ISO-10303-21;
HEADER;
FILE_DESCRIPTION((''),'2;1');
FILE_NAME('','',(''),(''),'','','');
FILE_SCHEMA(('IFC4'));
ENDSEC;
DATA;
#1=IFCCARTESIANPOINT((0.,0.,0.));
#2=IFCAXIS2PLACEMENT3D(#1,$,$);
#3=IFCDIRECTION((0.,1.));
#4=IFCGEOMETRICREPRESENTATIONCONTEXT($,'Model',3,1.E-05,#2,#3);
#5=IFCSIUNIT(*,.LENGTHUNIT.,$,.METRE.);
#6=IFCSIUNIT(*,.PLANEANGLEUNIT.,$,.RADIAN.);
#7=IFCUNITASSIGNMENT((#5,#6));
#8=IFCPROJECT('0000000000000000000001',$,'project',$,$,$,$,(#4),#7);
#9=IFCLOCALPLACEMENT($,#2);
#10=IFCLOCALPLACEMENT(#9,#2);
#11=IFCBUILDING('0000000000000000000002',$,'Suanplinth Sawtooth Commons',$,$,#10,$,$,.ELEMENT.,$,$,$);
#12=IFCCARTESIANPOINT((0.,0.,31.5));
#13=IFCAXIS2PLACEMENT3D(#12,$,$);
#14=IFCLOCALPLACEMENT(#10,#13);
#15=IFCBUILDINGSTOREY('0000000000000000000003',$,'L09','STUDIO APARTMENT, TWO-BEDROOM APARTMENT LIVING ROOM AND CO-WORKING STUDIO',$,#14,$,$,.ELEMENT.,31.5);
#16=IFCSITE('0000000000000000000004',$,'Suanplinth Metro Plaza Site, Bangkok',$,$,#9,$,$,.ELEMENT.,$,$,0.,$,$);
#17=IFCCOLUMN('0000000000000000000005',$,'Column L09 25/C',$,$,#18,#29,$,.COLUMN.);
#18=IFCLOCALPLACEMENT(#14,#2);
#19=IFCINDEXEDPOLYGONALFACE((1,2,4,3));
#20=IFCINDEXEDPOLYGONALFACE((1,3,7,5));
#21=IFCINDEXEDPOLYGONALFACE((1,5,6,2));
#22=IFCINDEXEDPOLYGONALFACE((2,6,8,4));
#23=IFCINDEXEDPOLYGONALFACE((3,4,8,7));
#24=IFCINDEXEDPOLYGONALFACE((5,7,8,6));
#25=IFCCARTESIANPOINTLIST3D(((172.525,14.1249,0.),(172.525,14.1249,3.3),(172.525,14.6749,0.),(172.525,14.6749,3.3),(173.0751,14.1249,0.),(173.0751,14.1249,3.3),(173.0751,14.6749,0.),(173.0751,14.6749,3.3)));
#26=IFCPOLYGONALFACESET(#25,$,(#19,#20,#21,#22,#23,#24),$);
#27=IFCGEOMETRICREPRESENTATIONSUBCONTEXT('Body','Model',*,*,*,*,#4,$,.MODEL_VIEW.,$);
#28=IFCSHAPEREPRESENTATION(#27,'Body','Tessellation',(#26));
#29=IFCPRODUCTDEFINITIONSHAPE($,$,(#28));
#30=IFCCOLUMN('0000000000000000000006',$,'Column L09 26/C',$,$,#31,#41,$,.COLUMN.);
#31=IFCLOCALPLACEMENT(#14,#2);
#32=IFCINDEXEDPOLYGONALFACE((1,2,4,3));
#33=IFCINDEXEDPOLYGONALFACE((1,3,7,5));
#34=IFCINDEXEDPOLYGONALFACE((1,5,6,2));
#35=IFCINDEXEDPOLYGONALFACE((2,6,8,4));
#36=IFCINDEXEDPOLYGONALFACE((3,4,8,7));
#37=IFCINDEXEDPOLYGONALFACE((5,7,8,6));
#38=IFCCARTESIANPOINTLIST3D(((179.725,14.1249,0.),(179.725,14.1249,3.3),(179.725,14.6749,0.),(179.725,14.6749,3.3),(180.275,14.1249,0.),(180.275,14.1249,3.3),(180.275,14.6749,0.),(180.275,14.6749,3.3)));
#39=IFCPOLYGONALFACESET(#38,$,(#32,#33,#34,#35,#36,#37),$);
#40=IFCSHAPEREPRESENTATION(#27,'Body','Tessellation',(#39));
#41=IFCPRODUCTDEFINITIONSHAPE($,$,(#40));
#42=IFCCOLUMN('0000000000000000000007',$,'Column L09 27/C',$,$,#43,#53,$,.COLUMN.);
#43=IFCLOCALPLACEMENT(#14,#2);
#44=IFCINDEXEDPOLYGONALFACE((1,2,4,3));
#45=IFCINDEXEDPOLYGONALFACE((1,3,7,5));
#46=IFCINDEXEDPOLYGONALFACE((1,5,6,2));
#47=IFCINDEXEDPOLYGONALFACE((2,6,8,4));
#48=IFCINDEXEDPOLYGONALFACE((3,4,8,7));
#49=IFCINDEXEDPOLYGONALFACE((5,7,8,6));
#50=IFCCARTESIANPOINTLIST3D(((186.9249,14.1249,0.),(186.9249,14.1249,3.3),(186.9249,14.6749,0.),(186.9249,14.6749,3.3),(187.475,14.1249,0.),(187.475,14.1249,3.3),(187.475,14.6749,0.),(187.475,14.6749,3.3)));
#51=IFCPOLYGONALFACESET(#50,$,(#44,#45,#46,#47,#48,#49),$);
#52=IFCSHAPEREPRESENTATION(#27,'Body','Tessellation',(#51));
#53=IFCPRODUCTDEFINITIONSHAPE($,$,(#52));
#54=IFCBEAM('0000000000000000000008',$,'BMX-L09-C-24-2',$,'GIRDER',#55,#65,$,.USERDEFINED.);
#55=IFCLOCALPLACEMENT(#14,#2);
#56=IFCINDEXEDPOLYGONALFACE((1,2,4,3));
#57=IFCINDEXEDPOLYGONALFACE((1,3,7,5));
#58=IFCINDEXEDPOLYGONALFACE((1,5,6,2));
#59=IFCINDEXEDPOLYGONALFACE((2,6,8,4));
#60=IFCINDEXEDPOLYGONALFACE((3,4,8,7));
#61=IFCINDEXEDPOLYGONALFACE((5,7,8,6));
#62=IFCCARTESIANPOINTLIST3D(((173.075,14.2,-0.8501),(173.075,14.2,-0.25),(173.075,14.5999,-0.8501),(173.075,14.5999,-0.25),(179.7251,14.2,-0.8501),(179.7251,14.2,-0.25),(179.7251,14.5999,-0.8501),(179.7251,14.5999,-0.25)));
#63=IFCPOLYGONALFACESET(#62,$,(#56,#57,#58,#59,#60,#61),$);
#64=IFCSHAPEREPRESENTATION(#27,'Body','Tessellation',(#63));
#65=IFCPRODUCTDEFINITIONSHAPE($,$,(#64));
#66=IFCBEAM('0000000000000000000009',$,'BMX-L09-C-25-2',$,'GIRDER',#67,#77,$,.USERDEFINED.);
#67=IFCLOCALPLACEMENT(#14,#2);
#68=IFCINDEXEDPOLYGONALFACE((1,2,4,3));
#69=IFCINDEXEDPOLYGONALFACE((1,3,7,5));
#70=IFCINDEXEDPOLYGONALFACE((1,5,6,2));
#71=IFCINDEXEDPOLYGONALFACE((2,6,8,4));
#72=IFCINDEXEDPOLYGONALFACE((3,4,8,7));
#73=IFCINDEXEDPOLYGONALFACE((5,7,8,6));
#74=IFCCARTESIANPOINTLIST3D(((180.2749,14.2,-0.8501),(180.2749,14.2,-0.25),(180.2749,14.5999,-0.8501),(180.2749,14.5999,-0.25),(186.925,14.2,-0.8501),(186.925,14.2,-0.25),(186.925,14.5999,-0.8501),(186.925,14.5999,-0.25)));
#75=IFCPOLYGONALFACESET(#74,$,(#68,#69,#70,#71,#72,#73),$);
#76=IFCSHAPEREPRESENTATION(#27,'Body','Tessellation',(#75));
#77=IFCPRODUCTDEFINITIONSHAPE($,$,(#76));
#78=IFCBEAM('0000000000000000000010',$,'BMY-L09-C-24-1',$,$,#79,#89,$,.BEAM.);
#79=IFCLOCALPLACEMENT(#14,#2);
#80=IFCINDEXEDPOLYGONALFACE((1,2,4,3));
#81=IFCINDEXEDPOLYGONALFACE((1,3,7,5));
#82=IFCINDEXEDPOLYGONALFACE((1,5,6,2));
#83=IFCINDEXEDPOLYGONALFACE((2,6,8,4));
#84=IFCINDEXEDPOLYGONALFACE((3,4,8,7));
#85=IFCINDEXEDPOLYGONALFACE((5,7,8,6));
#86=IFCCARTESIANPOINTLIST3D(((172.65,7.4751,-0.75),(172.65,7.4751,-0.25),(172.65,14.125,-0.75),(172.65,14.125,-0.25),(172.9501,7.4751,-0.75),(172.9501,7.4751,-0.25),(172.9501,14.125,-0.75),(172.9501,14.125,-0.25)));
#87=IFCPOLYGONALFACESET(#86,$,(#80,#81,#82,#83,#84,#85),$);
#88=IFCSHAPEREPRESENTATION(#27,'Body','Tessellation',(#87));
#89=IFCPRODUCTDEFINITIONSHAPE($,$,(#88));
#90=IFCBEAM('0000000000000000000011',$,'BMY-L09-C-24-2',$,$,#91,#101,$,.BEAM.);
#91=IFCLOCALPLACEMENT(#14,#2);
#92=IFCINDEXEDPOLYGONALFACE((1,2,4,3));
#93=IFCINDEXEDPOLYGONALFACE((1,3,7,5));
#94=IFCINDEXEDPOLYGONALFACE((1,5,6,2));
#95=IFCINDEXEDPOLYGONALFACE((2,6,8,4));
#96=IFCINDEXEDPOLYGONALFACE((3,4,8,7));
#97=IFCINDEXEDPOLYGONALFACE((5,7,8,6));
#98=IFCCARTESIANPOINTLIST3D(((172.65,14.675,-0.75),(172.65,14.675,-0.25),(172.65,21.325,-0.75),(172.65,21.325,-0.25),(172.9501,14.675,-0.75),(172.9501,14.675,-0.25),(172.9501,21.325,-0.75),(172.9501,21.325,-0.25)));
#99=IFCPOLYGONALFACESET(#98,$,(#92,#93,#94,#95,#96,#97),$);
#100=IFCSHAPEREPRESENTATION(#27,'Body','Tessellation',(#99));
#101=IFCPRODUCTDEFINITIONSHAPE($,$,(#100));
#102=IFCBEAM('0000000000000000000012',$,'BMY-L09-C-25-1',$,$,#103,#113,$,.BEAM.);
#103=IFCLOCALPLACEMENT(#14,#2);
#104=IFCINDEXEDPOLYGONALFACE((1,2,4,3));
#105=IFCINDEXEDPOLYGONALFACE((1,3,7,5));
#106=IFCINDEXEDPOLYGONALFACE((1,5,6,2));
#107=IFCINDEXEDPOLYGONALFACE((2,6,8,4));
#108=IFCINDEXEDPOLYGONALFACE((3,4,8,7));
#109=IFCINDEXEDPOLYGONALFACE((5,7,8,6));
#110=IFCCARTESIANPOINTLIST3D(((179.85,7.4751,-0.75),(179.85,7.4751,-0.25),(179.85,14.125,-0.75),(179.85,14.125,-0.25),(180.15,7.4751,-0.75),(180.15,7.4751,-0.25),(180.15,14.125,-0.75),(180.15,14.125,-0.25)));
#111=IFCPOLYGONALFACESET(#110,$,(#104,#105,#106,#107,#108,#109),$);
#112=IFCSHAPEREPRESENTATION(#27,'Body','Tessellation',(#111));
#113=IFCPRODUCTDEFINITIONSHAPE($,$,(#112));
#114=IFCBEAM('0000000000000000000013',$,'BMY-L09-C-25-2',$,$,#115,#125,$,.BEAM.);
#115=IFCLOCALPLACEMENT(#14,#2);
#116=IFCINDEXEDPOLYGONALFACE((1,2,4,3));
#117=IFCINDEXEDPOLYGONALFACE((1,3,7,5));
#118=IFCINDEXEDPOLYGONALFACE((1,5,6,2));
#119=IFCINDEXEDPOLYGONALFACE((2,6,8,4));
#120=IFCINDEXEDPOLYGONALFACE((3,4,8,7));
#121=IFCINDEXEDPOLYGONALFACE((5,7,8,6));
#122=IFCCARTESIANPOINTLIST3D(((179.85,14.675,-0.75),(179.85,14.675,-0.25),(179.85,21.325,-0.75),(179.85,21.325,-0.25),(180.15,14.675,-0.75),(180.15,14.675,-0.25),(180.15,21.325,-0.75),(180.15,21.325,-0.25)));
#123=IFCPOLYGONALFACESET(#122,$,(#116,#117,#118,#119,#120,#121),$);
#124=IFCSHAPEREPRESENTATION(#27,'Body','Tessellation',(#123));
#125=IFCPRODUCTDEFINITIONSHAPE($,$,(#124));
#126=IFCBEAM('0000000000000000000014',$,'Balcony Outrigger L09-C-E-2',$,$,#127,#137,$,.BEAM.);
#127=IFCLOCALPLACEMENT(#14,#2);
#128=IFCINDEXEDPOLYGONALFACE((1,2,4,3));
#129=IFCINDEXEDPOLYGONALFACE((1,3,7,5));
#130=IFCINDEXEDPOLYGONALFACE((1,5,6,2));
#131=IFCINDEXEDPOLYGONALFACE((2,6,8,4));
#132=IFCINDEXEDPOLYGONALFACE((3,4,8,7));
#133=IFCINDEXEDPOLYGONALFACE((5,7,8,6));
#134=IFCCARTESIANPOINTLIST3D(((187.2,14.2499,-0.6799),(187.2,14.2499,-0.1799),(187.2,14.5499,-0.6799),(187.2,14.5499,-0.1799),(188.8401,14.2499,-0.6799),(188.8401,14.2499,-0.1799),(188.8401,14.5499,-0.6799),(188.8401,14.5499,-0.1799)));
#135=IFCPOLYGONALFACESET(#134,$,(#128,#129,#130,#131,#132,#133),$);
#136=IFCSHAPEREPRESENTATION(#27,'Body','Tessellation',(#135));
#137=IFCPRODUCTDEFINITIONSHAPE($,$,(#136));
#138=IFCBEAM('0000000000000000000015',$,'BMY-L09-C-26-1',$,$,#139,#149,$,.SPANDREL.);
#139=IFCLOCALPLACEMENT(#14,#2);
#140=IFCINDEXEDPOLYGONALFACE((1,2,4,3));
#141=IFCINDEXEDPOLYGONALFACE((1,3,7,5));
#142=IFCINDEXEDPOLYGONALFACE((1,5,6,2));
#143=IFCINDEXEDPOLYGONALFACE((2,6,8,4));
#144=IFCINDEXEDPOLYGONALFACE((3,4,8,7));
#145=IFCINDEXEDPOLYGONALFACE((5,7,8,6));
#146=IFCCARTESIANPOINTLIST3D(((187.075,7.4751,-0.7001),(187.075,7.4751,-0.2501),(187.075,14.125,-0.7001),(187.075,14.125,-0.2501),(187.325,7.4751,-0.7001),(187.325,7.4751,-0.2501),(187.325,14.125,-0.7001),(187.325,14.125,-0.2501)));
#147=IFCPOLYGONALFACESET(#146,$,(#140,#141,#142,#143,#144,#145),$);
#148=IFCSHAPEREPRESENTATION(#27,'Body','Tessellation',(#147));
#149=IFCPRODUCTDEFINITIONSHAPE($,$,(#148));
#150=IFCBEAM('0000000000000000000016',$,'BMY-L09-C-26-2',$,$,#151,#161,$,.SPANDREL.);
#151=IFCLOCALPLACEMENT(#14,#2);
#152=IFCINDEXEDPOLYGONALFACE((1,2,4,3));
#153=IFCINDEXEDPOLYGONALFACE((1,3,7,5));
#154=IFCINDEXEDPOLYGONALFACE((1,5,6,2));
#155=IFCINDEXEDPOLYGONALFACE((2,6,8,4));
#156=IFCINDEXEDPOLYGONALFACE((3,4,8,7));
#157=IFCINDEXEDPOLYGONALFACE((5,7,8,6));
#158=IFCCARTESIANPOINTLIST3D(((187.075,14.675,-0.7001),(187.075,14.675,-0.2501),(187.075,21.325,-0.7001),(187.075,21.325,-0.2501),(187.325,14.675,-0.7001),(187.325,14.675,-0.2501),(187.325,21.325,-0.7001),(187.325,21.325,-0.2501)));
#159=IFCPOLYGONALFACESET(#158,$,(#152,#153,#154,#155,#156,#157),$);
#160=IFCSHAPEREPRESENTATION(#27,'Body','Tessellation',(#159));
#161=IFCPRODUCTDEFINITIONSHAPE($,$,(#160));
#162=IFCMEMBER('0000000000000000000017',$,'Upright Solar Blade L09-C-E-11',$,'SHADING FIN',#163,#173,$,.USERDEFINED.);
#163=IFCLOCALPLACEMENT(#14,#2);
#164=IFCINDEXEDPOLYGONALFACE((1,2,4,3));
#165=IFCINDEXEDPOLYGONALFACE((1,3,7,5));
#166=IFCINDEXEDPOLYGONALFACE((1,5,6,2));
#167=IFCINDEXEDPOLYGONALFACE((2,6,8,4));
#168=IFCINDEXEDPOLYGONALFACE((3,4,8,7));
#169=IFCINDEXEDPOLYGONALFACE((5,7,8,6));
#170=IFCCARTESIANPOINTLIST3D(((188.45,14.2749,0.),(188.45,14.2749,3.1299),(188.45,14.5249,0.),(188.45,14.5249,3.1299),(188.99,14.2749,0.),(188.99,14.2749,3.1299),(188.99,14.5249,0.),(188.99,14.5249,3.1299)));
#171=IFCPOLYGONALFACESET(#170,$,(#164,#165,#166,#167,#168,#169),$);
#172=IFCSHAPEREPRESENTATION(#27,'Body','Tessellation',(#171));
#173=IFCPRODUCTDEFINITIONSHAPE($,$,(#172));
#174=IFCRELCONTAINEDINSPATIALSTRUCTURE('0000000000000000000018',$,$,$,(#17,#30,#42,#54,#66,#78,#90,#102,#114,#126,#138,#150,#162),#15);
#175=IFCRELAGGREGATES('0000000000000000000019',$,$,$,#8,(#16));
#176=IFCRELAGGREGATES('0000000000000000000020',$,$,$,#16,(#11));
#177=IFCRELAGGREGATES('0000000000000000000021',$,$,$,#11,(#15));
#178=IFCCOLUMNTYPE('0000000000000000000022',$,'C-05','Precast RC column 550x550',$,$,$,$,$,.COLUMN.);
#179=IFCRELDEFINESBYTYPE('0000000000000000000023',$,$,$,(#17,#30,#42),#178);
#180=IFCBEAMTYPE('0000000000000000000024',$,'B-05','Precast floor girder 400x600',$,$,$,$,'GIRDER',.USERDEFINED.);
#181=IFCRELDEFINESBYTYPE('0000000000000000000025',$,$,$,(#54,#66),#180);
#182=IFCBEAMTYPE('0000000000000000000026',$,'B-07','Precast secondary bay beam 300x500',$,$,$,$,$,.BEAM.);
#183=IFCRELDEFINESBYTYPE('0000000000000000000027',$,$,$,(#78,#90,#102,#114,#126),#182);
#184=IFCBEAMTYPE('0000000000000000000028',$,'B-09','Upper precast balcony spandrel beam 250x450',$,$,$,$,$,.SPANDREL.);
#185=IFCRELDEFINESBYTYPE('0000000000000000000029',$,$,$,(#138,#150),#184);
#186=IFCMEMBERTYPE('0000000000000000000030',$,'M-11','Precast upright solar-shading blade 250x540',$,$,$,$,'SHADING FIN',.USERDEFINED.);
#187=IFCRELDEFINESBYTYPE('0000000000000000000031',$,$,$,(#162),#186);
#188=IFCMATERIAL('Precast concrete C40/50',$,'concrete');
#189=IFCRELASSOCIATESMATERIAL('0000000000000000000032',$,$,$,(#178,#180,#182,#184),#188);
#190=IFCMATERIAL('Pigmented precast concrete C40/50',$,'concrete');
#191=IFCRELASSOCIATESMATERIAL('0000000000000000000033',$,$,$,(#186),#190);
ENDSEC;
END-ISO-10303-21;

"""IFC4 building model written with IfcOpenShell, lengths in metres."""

from ifc_helpers import new_model, si_unit, direction, frame, origin, origin_2d, place, context, subcontext, project, spatial, rectangle, extrude, material, material_profile, profile_set, type_object, element, save


model = new_model("IFC4")

# Units and contexts
model_context = context("Model", 3, precision=1e-05, world=origin(), true_north=direction((0.0, 1.0)))
body_context = subcontext(model_context, "Body", "Model", "MODEL_VIEW")
ifc_project = project(units=[si_unit("LENGTHUNIT", "METRE"), si_unit("PLANEANGLEUNIT", "RADIAN")], contexts=[model_context])

# Site, building, storey
site_placement = place(None, origin())
site = spatial("IfcSite", under=ifc_project, at=site_placement, Name="Suanplinth Metro Plaza Site, Bangkok", CompositionType="ELEMENT", RefElevation=0.0)
building_placement = place(site_placement, origin())
building = spatial("IfcBuilding", under=site, at=building_placement, Name="Suanplinth Sawtooth Commons", CompositionType="ELEMENT")
storey_placement = place(building_placement, frame((0.0, 0.0, 31.5)))
storey = spatial("IfcBuildingStorey", under=building, at=storey_placement, Name="L09", Description="STUDIO APARTMENT, TWO-BEDROOM APARTMENT LIVING ROOM AND CO-WORKING STUDIO", CompositionType="ELEMENT", Elevation=31.5)

# Columns
ifc_material_1 = material(Name="Precast concrete C40/50", Category="concrete")
ifc_material_profile_1 = material_profile(ifc_material_1, rectangle(XDim=0.55, YDim=0.55, at=origin_2d()), Name="PC-COL 550x550")
ifc_profile_set_1 = profile_set([ifc_material_profile_1], Name="Precast concrete C40/50")
column_type = type_object("IfcColumnType", Name="C-05", Description="Precast RC column 550x550", PredefinedType="COLUMN", material=ifc_profile_set_1)
for number, where, z_axis, x_axis, name in (
    (1, (172.8, 14.3999, 0.0), (0.0, 0.0, 1.0), (1.0, 0.0, 0.0), "Column L09 25/C"),
    (2, (180.0, 14.3999, 0.0), (0.0, 0.0, 1.0), (1.0, 0.0, 0.0), "Column L09 26/C"),
    (3, (187.2, 14.3999, 0.0), (0.0, 0.0, 1.0), (1.0, 0.0, 0.0), "Column L09 27/C"),
):
    element("IfcColumn", number, at=place(storey_placement, frame(where, z_axis=z_axis, x_axis=x_axis)), inside=storey, type_object=column_type, Name=name, PredefinedType="COLUMN", context=body_context, shape_type="SweptSolid", body=[
        extrude(rectangle(XDim=0.55, YDim=0.55, at=origin_2d()), origin(), (0.0, 0.0, 1.0), 3.3),
    ])

# Beams
ifc_material_profile_2 = material_profile(ifc_material_1, rectangle(XDim=0.3999, YDim=0.6001, at=origin_2d()), Name="PC-GDR 400x600")
ifc_profile_set_2 = profile_set([ifc_material_profile_2], Name="Precast concrete C40/50")
beam_type_1 = type_object("IfcBeamType", Name="B-05", Description="Precast floor girder 400x600", ElementType="GIRDER", PredefinedType="USERDEFINED", material=ifc_profile_set_2)
for number, where, z_axis, x_axis, name in (
    (4, (173.075, 14.3999, -0.55), (1.0, 0.0, 0.0), (0.0, 1.0, 0.0), "BMX-L09-C-24-2"),
    (5, (180.2749, 14.3999, -0.55), (1.0, 0.0, 0.0), (0.0, 1.0, 0.0), "BMX-L09-C-25-2"),
):
    element("IfcBeam", number, at=place(storey_placement, frame(where, z_axis=z_axis, x_axis=x_axis)), inside=storey, type_object=beam_type_1, Name=name, ObjectType="GIRDER", PredefinedType="USERDEFINED", context=body_context, shape_type="SweptSolid", body=[
        extrude(rectangle(XDim=0.3999, YDim=0.6001, at=origin_2d()), origin(), (0.0, 0.0, 1.0), 6.6501),
    ])
ifc_material_profile_3 = material_profile(ifc_material_1, rectangle(XDim=0.3, YDim=0.5, at=origin_2d()), Name="PC-BM 300x500")
ifc_profile_set_3 = profile_set([ifc_material_profile_3], Name="Precast concrete C40/50")
beam_type_2 = type_object("IfcBeamType", Name="B-07", Description="Precast secondary bay beam 300x500", PredefinedType="BEAM", material=ifc_profile_set_3)
for number, where, z_axis, x_axis, name in (
    (6, (172.8, 7.4751, -0.5), (0.0, 1.0, 0.0), (-1.0, 0.0, 0.0), "BMY-L09-C-24-1"),
    (7, (172.8, 14.675, -0.5), (0.0, 1.0, 0.0), (-1.0, 0.0, 0.0), "BMY-L09-C-24-2"),
    (8, (180.0, 7.4751, -0.5), (0.0, 1.0, 0.0), (-1.0, 0.0, 0.0), "BMY-L09-C-25-1"),
    (9, (180.0, 14.675, -0.5), (0.0, 1.0, 0.0), (-1.0, 0.0, 0.0), "BMY-L09-C-25-2"),
):
    element("IfcBeam", number, at=place(storey_placement, frame(where, z_axis=z_axis, x_axis=x_axis)), inside=storey, type_object=beam_type_2, Name=name, PredefinedType="BEAM", context=body_context, shape_type="SweptSolid", body=[
        extrude(rectangle(XDim=0.3, YDim=0.5, at=origin_2d()), origin(), (0.0, 0.0, 1.0), 6.6499),
    ])
beam_placement = place(storey_placement, frame((187.2, 14.3999, -0.4299), z_axis=(1.0, 0.0, 0.0), x_axis=(0.0, 1.0, 0.0)))
element("IfcBeam", 10, at=beam_placement, inside=storey, type_object=beam_type_2, Name="Balcony Outrigger L09-C-E-2", PredefinedType="BEAM", context=body_context, shape_type="SweptSolid", body=[
    extrude(rectangle(XDim=0.3, YDim=0.5, at=origin_2d()), origin(), (0.0, 0.0, 1.0), 1.6401),
])
ifc_material_profile_4 = material_profile(ifc_material_1, rectangle(XDim=0.25, YDim=0.45, at=origin_2d()), Name="PC-SP 250x450")
ifc_profile_set_4 = profile_set([ifc_material_profile_4], Name="Precast concrete C40/50")
beam_type_3 = type_object("IfcBeamType", Name="B-09", Description="Upper precast balcony spandrel beam 250x450", PredefinedType="SPANDREL", material=ifc_profile_set_4)
for number, where, z_axis, x_axis, name in (
    (11, (187.2, 7.4751, -0.4751), (0.0, 1.0, 0.0), (-1.0, 0.0, 0.0), "BMY-L09-C-26-1"),
    (12, (187.2, 14.675, -0.4751), (0.0, 1.0, 0.0), (-1.0, 0.0, 0.0), "BMY-L09-C-26-2"),
):
    element("IfcBeam", number, at=place(storey_placement, frame(where, z_axis=z_axis, x_axis=x_axis)), inside=storey, type_object=beam_type_3, Name=name, PredefinedType="SPANDREL", context=body_context, shape_type="SweptSolid", body=[
        extrude(rectangle(XDim=0.25, YDim=0.45, at=origin_2d()), origin(), (0.0, 0.0, 1.0), 6.6499),
    ])

# Member
ifc_material_2 = material(Name="Pigmented precast concrete C40/50", Category="concrete")
ifc_material_profile_5 = material_profile(ifc_material_2, rectangle(XDim=0.25, YDim=0.54, at=origin_2d()), Name="PC-FIN 250x540")
ifc_profile_set_5 = profile_set([ifc_material_profile_5], Name="Pigmented precast concrete C40/50")
member_type = type_object("IfcMemberType", Name="M-11", Description="Precast upright solar-shading blade 250x540", ElementType="SHADING FIN", PredefinedType="USERDEFINED", material=ifc_profile_set_5)
member_placement = place(storey_placement, frame((188.72, 14.3999, 0.0), z_axis=(0.0, 0.0, 1.0), x_axis=(0.0, 1.0, 0.0)))
element("IfcMember", 13, at=member_placement, inside=storey, type_object=member_type, Name="Upright Solar Blade L09-C-E-11", ObjectType="SHADING FIN", PredefinedType="USERDEFINED", context=body_context, shape_type="SweptSolid", body=[
    extrude(rectangle(XDim=0.25, YDim=0.54, at=origin_2d()), origin(), (0.0, 0.0, 1.0), 3.1299),
])

save(model, "model.ifc")
